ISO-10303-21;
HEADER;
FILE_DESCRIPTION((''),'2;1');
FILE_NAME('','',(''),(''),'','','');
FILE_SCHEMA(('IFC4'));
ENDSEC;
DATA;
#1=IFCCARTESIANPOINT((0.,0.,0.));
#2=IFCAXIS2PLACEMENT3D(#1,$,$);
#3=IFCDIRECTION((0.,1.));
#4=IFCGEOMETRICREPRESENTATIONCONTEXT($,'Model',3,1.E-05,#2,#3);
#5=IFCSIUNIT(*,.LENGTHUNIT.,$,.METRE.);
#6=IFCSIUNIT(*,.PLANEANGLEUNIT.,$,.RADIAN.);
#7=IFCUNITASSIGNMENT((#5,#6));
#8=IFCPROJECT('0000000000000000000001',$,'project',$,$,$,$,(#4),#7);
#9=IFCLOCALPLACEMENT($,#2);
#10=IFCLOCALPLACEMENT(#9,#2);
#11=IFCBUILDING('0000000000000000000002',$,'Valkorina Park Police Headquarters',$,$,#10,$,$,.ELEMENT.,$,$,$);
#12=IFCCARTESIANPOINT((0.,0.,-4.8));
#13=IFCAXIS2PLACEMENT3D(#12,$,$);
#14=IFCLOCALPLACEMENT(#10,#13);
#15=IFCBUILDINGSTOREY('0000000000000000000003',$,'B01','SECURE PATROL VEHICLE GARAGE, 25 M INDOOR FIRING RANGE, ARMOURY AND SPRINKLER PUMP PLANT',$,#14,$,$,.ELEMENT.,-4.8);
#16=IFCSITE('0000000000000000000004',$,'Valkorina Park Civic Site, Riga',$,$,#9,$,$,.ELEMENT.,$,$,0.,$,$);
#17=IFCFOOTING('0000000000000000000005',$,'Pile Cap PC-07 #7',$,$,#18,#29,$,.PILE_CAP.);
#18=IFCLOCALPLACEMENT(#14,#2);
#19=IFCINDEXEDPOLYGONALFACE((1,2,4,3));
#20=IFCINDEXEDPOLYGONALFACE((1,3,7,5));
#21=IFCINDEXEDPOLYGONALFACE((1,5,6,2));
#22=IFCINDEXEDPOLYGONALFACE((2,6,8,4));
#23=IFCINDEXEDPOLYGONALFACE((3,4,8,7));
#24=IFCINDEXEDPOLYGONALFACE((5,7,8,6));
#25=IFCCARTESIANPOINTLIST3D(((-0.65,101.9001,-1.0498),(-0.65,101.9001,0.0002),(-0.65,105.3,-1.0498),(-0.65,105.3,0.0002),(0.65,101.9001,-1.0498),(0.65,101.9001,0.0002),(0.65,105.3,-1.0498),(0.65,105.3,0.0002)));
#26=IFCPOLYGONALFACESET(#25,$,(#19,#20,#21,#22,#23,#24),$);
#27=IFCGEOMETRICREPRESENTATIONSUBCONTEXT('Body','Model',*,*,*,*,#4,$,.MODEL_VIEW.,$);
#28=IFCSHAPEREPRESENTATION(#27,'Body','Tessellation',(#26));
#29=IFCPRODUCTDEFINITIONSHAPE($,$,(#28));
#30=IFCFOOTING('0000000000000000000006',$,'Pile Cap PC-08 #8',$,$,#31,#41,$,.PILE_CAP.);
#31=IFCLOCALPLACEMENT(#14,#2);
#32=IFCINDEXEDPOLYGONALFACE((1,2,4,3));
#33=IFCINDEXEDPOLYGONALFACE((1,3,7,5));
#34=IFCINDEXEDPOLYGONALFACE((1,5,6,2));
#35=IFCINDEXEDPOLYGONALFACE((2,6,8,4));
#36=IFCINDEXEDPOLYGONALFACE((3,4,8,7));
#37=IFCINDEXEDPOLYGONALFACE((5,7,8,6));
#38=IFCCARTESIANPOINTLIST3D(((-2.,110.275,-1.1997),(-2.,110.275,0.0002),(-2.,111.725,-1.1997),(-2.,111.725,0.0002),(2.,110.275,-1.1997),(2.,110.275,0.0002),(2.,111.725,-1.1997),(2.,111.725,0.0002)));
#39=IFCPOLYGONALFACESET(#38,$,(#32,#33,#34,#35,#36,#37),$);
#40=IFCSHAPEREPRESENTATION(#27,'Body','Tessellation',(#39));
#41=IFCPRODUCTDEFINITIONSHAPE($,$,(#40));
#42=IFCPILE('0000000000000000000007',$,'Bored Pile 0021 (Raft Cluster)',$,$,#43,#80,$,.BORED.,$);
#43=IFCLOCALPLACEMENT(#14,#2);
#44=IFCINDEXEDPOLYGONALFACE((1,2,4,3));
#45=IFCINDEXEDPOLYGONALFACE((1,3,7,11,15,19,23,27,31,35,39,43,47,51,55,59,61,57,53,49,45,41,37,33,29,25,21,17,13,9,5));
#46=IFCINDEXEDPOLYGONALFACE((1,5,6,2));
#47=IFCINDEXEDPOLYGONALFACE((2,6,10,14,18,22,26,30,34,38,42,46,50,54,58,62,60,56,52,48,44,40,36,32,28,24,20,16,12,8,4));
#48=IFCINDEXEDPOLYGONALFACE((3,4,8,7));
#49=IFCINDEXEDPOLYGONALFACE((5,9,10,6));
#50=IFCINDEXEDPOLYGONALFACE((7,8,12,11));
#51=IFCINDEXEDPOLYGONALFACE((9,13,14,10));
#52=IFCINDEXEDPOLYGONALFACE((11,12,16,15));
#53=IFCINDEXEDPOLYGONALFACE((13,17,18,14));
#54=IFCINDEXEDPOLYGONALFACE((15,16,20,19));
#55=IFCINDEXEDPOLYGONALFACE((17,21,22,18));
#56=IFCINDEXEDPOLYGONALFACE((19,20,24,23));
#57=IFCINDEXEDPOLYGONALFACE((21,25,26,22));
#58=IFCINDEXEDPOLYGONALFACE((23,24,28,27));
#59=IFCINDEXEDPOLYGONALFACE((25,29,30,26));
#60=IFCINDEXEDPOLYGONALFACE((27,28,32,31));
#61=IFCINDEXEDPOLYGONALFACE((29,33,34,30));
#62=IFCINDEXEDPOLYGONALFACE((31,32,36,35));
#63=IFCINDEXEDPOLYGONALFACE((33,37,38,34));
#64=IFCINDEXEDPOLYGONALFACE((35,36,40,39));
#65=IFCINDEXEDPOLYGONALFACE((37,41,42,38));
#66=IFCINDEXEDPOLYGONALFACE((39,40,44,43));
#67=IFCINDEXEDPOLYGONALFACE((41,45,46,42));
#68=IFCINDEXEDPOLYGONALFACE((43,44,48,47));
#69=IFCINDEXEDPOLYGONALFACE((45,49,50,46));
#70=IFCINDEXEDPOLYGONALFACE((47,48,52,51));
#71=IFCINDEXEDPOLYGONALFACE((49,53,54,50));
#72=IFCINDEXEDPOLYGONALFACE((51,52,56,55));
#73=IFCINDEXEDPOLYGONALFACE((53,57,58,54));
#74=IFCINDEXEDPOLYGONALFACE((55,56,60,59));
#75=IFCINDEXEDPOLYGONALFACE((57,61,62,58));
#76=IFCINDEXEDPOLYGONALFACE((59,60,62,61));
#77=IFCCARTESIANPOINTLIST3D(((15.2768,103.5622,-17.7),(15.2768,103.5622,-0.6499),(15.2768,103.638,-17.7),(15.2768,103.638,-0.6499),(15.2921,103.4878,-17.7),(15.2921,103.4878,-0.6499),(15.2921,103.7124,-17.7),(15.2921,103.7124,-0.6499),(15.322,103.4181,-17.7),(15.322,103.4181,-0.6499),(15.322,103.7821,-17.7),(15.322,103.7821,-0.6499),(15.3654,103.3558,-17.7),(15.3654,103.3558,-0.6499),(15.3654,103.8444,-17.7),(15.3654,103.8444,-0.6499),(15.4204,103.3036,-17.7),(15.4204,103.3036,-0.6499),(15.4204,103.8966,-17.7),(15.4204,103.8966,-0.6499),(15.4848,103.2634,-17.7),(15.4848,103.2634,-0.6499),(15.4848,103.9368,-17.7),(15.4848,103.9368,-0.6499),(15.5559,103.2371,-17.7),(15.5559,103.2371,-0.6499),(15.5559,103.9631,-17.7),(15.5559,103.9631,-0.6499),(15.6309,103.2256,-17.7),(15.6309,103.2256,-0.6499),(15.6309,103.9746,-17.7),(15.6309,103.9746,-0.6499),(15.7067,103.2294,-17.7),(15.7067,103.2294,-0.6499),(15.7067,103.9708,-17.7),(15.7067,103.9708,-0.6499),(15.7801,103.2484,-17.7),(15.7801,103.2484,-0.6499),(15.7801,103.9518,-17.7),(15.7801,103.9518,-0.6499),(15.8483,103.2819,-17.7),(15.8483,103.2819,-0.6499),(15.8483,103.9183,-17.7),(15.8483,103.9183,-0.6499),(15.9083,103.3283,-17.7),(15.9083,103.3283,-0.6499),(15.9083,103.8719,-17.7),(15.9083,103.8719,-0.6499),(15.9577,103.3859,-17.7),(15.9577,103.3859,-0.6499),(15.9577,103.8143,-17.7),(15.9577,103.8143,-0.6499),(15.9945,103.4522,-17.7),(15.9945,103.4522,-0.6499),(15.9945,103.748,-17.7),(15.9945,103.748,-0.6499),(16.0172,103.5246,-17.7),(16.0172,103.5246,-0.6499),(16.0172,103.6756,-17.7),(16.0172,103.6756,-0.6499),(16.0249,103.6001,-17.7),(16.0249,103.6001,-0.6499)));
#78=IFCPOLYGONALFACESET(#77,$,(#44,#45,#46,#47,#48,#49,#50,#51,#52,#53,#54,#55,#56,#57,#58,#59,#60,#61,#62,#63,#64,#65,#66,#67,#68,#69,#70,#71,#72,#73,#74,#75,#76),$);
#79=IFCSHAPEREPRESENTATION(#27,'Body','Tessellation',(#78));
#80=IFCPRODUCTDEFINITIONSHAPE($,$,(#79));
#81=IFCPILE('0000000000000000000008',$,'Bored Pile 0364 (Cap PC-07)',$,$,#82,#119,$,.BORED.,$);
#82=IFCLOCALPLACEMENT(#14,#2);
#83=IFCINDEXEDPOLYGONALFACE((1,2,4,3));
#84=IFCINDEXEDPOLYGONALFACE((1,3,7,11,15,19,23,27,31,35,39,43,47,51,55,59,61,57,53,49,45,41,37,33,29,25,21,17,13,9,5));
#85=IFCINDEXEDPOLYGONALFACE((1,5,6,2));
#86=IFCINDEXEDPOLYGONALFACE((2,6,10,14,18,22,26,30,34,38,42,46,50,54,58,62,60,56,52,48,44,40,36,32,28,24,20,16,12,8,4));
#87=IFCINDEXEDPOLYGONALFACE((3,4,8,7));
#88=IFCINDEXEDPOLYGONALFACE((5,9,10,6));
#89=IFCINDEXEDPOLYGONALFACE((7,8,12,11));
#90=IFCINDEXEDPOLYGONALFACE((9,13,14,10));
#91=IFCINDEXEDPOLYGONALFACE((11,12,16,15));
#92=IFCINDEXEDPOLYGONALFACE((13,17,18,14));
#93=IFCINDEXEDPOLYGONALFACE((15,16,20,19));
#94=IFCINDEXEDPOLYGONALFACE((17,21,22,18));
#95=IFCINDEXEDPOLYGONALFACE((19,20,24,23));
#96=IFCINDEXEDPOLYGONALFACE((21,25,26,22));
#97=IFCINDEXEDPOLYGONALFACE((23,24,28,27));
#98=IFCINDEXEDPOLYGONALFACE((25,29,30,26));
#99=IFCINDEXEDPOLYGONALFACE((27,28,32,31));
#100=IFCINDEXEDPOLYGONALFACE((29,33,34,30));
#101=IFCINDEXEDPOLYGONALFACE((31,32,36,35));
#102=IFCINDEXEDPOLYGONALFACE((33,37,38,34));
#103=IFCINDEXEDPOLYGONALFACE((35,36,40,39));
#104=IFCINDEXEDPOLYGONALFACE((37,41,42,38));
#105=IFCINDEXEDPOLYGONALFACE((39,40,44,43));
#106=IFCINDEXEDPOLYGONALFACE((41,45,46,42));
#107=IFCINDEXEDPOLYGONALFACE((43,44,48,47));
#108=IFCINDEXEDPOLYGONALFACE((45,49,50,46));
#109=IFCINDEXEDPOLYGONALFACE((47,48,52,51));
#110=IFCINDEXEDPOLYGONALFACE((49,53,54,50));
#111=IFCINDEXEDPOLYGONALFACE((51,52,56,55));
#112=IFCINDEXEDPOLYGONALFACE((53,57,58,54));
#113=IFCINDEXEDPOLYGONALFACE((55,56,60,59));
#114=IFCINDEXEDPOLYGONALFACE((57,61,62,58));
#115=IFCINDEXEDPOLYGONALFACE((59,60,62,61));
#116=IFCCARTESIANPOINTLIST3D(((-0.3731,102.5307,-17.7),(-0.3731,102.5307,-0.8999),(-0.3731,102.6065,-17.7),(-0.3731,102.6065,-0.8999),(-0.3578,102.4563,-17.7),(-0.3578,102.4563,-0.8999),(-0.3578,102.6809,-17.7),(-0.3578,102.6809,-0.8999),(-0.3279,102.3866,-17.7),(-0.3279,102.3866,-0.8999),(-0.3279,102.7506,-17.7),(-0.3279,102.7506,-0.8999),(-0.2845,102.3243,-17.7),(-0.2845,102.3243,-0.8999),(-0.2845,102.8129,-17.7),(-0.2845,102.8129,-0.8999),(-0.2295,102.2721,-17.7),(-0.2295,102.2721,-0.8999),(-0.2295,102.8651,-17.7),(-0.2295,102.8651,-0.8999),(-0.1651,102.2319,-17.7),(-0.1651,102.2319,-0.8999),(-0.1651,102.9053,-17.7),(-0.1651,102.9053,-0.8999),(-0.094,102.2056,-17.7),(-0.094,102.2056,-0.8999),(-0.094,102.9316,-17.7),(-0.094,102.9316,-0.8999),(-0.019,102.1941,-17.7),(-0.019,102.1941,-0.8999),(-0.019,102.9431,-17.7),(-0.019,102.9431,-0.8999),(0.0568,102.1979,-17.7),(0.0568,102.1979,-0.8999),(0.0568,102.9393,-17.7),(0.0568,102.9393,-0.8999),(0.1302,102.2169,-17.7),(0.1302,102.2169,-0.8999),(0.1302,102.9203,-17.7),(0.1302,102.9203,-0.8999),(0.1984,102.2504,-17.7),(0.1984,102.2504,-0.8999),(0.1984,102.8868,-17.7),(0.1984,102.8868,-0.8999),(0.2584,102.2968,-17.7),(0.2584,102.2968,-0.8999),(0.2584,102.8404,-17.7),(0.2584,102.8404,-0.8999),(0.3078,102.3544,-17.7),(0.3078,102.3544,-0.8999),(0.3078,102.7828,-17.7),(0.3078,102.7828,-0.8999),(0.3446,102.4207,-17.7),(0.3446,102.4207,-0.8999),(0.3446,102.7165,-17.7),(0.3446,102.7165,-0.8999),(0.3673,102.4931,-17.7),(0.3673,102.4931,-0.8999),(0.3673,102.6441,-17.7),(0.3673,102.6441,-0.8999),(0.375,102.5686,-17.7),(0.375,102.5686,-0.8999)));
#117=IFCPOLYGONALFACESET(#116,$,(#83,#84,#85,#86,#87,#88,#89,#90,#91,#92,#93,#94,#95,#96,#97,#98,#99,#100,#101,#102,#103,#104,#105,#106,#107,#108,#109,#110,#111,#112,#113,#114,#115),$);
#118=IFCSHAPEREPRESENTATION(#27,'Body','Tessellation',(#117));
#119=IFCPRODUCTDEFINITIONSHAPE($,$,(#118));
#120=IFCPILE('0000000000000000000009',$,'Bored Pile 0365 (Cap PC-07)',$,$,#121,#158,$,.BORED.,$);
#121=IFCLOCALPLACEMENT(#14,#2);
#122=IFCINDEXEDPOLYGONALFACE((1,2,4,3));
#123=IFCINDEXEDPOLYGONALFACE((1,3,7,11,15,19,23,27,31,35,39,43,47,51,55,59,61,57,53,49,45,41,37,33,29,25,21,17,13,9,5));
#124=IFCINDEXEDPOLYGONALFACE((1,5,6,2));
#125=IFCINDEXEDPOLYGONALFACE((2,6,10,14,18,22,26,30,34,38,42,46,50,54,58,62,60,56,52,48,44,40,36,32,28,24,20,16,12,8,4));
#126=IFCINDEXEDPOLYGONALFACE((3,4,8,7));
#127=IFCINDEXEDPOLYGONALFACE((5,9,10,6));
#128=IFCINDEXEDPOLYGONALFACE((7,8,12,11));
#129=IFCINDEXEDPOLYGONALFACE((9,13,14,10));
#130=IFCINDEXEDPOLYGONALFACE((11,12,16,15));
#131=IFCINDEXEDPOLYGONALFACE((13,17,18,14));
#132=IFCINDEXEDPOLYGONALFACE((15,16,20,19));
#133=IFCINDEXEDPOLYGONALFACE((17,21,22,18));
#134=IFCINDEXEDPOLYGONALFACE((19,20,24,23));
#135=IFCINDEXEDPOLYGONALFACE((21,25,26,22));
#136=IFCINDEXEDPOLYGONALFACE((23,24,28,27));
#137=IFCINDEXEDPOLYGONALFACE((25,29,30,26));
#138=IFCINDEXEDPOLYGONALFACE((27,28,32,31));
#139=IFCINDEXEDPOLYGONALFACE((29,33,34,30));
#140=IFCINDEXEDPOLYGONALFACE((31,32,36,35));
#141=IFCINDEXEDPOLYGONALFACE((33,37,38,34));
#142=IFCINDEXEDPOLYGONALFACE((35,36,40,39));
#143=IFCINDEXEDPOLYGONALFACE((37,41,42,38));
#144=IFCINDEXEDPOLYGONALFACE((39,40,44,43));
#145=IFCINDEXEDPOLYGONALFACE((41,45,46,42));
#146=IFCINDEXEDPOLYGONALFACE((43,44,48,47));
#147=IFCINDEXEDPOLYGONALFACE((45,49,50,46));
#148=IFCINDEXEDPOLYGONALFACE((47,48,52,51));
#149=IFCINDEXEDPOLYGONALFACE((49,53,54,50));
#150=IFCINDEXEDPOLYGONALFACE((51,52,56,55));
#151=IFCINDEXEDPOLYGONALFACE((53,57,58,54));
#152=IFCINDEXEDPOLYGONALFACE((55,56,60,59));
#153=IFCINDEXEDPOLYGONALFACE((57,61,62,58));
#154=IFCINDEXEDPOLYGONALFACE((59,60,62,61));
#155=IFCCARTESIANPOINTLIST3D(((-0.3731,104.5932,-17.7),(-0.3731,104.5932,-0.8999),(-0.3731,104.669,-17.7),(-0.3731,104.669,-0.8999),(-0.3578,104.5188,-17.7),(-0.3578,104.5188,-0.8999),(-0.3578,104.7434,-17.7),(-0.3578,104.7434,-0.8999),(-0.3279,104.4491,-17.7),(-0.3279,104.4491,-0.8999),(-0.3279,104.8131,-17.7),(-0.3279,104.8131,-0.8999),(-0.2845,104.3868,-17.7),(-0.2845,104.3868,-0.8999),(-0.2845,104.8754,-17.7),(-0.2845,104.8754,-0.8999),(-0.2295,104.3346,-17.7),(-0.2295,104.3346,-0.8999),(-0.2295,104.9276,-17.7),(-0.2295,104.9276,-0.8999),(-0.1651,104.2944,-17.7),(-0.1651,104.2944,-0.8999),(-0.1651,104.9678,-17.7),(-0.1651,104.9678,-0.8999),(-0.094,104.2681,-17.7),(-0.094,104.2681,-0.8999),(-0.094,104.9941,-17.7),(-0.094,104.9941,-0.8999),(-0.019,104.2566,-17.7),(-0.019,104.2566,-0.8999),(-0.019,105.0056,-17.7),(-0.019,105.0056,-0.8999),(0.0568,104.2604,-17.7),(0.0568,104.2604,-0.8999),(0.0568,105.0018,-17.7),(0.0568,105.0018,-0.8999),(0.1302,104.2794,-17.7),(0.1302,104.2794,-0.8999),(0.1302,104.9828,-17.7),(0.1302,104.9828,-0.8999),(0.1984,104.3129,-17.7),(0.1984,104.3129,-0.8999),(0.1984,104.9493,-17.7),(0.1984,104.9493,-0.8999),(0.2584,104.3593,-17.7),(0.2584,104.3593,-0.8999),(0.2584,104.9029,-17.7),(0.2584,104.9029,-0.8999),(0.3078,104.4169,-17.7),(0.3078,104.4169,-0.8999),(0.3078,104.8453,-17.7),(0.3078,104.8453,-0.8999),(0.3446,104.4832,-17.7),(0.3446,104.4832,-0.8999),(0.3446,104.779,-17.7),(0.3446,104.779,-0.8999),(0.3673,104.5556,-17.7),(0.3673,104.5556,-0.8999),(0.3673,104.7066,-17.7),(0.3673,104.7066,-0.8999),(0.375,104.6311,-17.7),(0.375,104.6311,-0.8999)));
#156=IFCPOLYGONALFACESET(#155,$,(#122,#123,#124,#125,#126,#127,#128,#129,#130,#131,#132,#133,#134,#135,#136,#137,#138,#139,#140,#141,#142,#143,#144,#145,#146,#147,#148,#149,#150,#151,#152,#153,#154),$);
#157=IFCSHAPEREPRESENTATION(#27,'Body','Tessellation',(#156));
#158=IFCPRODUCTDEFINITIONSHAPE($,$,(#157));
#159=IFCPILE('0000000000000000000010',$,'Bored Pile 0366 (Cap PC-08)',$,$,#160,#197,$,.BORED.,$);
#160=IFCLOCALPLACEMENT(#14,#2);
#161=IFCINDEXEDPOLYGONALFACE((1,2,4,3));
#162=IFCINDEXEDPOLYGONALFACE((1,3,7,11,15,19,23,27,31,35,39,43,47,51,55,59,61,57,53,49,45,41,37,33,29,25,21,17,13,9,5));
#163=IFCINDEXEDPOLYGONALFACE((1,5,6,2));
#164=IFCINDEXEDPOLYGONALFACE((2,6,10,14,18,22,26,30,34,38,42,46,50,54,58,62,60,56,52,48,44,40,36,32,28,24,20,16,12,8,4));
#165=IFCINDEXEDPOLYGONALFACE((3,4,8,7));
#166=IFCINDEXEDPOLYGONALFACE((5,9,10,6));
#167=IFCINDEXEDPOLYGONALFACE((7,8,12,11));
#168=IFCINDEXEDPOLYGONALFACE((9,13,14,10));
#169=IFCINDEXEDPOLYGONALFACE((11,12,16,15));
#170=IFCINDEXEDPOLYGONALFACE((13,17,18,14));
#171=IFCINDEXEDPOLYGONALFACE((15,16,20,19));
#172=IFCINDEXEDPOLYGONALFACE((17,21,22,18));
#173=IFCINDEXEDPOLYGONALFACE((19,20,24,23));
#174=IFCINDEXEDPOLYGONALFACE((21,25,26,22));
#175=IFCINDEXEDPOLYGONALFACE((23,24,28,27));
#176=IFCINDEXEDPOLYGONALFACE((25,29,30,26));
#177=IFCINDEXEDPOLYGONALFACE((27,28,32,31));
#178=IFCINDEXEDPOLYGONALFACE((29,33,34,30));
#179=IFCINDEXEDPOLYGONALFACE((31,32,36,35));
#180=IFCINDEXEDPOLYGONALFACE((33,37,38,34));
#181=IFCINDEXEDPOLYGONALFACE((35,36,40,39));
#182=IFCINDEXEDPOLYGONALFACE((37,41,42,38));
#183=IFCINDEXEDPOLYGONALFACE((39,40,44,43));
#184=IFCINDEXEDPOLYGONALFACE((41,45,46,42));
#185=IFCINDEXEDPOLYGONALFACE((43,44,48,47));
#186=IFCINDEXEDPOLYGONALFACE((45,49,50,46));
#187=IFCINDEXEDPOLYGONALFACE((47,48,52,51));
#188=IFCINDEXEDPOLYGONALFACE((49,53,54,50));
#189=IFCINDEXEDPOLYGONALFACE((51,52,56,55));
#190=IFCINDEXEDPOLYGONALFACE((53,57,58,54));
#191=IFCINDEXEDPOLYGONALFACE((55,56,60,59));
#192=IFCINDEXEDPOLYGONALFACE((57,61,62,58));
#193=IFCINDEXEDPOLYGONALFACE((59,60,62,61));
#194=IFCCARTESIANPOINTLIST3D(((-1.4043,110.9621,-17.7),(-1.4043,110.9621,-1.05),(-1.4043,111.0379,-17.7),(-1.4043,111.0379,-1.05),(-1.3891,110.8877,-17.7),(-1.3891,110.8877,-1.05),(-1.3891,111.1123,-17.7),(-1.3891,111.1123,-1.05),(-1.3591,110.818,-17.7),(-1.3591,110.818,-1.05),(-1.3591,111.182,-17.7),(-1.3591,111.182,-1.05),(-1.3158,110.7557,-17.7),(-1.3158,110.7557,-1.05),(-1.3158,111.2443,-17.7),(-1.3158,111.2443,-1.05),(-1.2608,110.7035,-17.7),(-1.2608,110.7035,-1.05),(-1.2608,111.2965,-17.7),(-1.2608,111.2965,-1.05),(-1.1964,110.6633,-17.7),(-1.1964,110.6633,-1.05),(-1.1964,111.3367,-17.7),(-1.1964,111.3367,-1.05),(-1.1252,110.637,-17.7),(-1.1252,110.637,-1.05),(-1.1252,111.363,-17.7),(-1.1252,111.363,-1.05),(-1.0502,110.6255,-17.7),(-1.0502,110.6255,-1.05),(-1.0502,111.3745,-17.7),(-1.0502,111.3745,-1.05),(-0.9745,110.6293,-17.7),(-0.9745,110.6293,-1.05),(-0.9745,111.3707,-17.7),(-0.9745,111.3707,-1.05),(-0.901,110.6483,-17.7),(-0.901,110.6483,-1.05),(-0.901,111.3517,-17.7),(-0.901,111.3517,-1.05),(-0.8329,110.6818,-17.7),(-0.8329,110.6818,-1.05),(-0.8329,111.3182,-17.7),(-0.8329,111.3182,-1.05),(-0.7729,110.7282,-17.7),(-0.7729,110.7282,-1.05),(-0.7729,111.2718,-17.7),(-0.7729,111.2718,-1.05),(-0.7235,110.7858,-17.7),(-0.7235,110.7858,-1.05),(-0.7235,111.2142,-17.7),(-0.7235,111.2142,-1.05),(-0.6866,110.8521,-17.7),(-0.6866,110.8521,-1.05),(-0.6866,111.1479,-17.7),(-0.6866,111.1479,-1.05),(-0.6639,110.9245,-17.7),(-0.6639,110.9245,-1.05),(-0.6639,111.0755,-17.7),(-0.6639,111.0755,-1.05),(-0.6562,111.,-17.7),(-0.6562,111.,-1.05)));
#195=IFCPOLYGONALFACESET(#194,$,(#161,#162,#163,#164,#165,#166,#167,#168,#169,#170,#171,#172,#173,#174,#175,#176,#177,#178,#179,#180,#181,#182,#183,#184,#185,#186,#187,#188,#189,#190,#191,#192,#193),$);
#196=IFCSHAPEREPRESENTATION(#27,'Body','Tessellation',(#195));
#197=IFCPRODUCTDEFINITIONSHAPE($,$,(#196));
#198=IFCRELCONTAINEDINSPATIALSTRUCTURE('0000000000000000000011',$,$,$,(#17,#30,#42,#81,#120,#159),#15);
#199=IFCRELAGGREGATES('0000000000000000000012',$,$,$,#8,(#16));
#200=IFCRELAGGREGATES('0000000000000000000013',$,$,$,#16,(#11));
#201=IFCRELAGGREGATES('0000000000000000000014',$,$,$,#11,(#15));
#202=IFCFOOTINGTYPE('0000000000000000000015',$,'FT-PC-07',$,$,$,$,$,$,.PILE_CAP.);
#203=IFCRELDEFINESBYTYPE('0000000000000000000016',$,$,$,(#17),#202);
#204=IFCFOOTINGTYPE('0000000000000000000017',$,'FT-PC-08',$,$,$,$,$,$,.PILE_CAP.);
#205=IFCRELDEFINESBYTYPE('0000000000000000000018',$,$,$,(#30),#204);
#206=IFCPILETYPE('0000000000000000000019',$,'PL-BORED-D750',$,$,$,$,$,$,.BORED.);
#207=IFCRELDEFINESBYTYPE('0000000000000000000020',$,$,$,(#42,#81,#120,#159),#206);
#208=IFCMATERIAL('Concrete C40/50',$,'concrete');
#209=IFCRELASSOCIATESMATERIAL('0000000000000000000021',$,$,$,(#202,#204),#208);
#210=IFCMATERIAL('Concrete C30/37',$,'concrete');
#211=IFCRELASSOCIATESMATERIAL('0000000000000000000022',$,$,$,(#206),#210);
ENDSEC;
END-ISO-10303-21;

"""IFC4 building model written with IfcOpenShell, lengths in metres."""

from ifc_helpers import new_model, si_unit, direction, frame, origin, origin_2d, place, context, subcontext, project, spatial, rectangle, circle, extrude, material, material_profile, profile_set, type_object, element, save


model = new_model("IFC4")

# Units and contexts
model_context = context("Model", 3, precision=1e-05, world=origin(), true_north=direction((0.0, 1.0)))
body_context = subcontext(model_context, "Body", "Model", "MODEL_VIEW")
ifc_project = project(units=[si_unit("LENGTHUNIT", "METRE"), si_unit("PLANEANGLEUNIT", "RADIAN")], contexts=[model_context])

# Site, building, storey
site_placement = place(None, origin())
site = spatial("IfcSite", under=ifc_project, at=site_placement, Name="Valkorina Park Civic Site, Riga", CompositionType="ELEMENT", RefElevation=0.0)
building_placement = place(site_placement, origin())
building = spatial("IfcBuilding", under=site, at=building_placement, Name="Valkorina Park Police Headquarters", CompositionType="ELEMENT")
storey_placement = place(building_placement, frame((0.0, 0.0, -4.8)))
storey = spatial("IfcBuildingStorey", under=building, at=storey_placement, Name="B01", Description="SECURE PATROL VEHICLE GARAGE, 25 M INDOOR FIRING RANGE, ARMOURY AND SPRINKLER PUMP PLANT", CompositionType="ELEMENT", Elevation=-4.8)

# Footings
ifc_material_1 = material(Name="Concrete C40/50", Category="concrete")
footing_type_1 = type_object("IfcFootingType", Name="FT-PC-07", PredefinedType="PILE_CAP", material=ifc_material_1)
footing_1_placement = place(storey_placement, frame((0.0, 103.6001, -1.0498), z_axis=(0.0, 0.0, 1.0), x_axis=(1.0, 0.0, 0.0)))
element("IfcFooting", 1, at=footing_1_placement, inside=storey, type_object=footing_type_1, Name="Pile Cap PC-07 #7", PredefinedType="PILE_CAP", context=body_context, shape_type="SweptSolid", body=[
    extrude(rectangle(XDim=1.3, YDim=3.3999, at=origin_2d()), origin(), (0.0, 0.0, 1.0), 1.05),
])
footing_type_2 = type_object("IfcFootingType", Name="FT-PC-08", PredefinedType="PILE_CAP", material=ifc_material_1)
footing_2_placement = place(storey_placement, frame((0.0, 111.0, -1.1997), z_axis=(0.0, 0.0, 1.0), x_axis=(1.0, 0.0, 0.0)))
element("IfcFooting", 2, at=footing_2_placement, inside=storey, type_object=footing_type_2, Name="Pile Cap PC-08 #8", PredefinedType="PILE_CAP", context=body_context, shape_type="SweptSolid", body=[
    extrude(rectangle(XDim=4.0, YDim=1.45, at=origin_2d()), origin(), (0.0, 0.0, 1.0), 1.2),
])

# Piles
ifc_material_2 = material(Name="Concrete C30/37", Category="concrete")
ifc_material_profile_1 = material_profile(ifc_material_2, circle(Radius=0.375, at=origin_2d()), Name="BORED PILE D750")
ifc_profile_set_1 = profile_set([ifc_material_profile_1], Name="Concrete C30/37")
pile_type = type_object("IfcPileType", Name="PL-BORED-D750", PredefinedType="BORED", material=ifc_profile_set_1)
pile_placement = place(storey_placement, frame((15.6499, 103.6001, -0.6499), z_axis=(0.0, 0.0, -1.0), x_axis=(1.0, 0.0, 0.0)))
element("IfcPile", 3, at=pile_placement, inside=storey, type_object=pile_type, Name="Bored Pile 0021 (Raft Cluster)", PredefinedType="BORED", context=body_context, shape_type="SweptSolid", body=[
    extrude(circle(Radius=0.375, at=origin_2d()), origin(), (0.0, 0.0, 1.0), 17.05),
])
for number, where, z_axis, x_axis, name in (
    (4, (0.0, 102.5686, -0.8999), (0.0, 0.0, -1.0), (1.0, 0.0, 0.0), "Bored Pile 0364 (Cap PC-07)"),
    (5, (0.0, 104.6311, -0.8999), (0.0, 0.0, -1.0), (1.0, 0.0, 0.0), "Bored Pile 0365 (Cap PC-07)"),
):
    element("IfcPile", number, at=place(storey_placement, frame(where, z_axis=z_axis, x_axis=x_axis)), inside=storey, type_object=pile_type, Name=name, PredefinedType="BORED", context=body_context, shape_type="SweptSolid", body=[
        extrude(circle(Radius=0.375, at=origin_2d()), origin(), (0.0, 0.0, 1.0), 16.8),
    ])
for number, where, z_axis, x_axis, name in (
    (6, (-1.0312, 111.0, -1.05), (0.0, 0.0, -1.0), (1.0, 0.0, 0.0), "Bored Pile 0366 (Cap PC-08)"),
):
    element("IfcPile", number, at=place(storey_placement, frame(where, z_axis=z_axis, x_axis=x_axis)), inside=storey, type_object=pile_type, Name=name, PredefinedType="BORED", context=body_context, shape_type="SweptSolid", body=[
        extrude(circle(Radius=0.375, at=origin_2d()), origin(), (0.0, 0.0, 1.0), 16.6499),
    ])

save(model, "model.ifc")
